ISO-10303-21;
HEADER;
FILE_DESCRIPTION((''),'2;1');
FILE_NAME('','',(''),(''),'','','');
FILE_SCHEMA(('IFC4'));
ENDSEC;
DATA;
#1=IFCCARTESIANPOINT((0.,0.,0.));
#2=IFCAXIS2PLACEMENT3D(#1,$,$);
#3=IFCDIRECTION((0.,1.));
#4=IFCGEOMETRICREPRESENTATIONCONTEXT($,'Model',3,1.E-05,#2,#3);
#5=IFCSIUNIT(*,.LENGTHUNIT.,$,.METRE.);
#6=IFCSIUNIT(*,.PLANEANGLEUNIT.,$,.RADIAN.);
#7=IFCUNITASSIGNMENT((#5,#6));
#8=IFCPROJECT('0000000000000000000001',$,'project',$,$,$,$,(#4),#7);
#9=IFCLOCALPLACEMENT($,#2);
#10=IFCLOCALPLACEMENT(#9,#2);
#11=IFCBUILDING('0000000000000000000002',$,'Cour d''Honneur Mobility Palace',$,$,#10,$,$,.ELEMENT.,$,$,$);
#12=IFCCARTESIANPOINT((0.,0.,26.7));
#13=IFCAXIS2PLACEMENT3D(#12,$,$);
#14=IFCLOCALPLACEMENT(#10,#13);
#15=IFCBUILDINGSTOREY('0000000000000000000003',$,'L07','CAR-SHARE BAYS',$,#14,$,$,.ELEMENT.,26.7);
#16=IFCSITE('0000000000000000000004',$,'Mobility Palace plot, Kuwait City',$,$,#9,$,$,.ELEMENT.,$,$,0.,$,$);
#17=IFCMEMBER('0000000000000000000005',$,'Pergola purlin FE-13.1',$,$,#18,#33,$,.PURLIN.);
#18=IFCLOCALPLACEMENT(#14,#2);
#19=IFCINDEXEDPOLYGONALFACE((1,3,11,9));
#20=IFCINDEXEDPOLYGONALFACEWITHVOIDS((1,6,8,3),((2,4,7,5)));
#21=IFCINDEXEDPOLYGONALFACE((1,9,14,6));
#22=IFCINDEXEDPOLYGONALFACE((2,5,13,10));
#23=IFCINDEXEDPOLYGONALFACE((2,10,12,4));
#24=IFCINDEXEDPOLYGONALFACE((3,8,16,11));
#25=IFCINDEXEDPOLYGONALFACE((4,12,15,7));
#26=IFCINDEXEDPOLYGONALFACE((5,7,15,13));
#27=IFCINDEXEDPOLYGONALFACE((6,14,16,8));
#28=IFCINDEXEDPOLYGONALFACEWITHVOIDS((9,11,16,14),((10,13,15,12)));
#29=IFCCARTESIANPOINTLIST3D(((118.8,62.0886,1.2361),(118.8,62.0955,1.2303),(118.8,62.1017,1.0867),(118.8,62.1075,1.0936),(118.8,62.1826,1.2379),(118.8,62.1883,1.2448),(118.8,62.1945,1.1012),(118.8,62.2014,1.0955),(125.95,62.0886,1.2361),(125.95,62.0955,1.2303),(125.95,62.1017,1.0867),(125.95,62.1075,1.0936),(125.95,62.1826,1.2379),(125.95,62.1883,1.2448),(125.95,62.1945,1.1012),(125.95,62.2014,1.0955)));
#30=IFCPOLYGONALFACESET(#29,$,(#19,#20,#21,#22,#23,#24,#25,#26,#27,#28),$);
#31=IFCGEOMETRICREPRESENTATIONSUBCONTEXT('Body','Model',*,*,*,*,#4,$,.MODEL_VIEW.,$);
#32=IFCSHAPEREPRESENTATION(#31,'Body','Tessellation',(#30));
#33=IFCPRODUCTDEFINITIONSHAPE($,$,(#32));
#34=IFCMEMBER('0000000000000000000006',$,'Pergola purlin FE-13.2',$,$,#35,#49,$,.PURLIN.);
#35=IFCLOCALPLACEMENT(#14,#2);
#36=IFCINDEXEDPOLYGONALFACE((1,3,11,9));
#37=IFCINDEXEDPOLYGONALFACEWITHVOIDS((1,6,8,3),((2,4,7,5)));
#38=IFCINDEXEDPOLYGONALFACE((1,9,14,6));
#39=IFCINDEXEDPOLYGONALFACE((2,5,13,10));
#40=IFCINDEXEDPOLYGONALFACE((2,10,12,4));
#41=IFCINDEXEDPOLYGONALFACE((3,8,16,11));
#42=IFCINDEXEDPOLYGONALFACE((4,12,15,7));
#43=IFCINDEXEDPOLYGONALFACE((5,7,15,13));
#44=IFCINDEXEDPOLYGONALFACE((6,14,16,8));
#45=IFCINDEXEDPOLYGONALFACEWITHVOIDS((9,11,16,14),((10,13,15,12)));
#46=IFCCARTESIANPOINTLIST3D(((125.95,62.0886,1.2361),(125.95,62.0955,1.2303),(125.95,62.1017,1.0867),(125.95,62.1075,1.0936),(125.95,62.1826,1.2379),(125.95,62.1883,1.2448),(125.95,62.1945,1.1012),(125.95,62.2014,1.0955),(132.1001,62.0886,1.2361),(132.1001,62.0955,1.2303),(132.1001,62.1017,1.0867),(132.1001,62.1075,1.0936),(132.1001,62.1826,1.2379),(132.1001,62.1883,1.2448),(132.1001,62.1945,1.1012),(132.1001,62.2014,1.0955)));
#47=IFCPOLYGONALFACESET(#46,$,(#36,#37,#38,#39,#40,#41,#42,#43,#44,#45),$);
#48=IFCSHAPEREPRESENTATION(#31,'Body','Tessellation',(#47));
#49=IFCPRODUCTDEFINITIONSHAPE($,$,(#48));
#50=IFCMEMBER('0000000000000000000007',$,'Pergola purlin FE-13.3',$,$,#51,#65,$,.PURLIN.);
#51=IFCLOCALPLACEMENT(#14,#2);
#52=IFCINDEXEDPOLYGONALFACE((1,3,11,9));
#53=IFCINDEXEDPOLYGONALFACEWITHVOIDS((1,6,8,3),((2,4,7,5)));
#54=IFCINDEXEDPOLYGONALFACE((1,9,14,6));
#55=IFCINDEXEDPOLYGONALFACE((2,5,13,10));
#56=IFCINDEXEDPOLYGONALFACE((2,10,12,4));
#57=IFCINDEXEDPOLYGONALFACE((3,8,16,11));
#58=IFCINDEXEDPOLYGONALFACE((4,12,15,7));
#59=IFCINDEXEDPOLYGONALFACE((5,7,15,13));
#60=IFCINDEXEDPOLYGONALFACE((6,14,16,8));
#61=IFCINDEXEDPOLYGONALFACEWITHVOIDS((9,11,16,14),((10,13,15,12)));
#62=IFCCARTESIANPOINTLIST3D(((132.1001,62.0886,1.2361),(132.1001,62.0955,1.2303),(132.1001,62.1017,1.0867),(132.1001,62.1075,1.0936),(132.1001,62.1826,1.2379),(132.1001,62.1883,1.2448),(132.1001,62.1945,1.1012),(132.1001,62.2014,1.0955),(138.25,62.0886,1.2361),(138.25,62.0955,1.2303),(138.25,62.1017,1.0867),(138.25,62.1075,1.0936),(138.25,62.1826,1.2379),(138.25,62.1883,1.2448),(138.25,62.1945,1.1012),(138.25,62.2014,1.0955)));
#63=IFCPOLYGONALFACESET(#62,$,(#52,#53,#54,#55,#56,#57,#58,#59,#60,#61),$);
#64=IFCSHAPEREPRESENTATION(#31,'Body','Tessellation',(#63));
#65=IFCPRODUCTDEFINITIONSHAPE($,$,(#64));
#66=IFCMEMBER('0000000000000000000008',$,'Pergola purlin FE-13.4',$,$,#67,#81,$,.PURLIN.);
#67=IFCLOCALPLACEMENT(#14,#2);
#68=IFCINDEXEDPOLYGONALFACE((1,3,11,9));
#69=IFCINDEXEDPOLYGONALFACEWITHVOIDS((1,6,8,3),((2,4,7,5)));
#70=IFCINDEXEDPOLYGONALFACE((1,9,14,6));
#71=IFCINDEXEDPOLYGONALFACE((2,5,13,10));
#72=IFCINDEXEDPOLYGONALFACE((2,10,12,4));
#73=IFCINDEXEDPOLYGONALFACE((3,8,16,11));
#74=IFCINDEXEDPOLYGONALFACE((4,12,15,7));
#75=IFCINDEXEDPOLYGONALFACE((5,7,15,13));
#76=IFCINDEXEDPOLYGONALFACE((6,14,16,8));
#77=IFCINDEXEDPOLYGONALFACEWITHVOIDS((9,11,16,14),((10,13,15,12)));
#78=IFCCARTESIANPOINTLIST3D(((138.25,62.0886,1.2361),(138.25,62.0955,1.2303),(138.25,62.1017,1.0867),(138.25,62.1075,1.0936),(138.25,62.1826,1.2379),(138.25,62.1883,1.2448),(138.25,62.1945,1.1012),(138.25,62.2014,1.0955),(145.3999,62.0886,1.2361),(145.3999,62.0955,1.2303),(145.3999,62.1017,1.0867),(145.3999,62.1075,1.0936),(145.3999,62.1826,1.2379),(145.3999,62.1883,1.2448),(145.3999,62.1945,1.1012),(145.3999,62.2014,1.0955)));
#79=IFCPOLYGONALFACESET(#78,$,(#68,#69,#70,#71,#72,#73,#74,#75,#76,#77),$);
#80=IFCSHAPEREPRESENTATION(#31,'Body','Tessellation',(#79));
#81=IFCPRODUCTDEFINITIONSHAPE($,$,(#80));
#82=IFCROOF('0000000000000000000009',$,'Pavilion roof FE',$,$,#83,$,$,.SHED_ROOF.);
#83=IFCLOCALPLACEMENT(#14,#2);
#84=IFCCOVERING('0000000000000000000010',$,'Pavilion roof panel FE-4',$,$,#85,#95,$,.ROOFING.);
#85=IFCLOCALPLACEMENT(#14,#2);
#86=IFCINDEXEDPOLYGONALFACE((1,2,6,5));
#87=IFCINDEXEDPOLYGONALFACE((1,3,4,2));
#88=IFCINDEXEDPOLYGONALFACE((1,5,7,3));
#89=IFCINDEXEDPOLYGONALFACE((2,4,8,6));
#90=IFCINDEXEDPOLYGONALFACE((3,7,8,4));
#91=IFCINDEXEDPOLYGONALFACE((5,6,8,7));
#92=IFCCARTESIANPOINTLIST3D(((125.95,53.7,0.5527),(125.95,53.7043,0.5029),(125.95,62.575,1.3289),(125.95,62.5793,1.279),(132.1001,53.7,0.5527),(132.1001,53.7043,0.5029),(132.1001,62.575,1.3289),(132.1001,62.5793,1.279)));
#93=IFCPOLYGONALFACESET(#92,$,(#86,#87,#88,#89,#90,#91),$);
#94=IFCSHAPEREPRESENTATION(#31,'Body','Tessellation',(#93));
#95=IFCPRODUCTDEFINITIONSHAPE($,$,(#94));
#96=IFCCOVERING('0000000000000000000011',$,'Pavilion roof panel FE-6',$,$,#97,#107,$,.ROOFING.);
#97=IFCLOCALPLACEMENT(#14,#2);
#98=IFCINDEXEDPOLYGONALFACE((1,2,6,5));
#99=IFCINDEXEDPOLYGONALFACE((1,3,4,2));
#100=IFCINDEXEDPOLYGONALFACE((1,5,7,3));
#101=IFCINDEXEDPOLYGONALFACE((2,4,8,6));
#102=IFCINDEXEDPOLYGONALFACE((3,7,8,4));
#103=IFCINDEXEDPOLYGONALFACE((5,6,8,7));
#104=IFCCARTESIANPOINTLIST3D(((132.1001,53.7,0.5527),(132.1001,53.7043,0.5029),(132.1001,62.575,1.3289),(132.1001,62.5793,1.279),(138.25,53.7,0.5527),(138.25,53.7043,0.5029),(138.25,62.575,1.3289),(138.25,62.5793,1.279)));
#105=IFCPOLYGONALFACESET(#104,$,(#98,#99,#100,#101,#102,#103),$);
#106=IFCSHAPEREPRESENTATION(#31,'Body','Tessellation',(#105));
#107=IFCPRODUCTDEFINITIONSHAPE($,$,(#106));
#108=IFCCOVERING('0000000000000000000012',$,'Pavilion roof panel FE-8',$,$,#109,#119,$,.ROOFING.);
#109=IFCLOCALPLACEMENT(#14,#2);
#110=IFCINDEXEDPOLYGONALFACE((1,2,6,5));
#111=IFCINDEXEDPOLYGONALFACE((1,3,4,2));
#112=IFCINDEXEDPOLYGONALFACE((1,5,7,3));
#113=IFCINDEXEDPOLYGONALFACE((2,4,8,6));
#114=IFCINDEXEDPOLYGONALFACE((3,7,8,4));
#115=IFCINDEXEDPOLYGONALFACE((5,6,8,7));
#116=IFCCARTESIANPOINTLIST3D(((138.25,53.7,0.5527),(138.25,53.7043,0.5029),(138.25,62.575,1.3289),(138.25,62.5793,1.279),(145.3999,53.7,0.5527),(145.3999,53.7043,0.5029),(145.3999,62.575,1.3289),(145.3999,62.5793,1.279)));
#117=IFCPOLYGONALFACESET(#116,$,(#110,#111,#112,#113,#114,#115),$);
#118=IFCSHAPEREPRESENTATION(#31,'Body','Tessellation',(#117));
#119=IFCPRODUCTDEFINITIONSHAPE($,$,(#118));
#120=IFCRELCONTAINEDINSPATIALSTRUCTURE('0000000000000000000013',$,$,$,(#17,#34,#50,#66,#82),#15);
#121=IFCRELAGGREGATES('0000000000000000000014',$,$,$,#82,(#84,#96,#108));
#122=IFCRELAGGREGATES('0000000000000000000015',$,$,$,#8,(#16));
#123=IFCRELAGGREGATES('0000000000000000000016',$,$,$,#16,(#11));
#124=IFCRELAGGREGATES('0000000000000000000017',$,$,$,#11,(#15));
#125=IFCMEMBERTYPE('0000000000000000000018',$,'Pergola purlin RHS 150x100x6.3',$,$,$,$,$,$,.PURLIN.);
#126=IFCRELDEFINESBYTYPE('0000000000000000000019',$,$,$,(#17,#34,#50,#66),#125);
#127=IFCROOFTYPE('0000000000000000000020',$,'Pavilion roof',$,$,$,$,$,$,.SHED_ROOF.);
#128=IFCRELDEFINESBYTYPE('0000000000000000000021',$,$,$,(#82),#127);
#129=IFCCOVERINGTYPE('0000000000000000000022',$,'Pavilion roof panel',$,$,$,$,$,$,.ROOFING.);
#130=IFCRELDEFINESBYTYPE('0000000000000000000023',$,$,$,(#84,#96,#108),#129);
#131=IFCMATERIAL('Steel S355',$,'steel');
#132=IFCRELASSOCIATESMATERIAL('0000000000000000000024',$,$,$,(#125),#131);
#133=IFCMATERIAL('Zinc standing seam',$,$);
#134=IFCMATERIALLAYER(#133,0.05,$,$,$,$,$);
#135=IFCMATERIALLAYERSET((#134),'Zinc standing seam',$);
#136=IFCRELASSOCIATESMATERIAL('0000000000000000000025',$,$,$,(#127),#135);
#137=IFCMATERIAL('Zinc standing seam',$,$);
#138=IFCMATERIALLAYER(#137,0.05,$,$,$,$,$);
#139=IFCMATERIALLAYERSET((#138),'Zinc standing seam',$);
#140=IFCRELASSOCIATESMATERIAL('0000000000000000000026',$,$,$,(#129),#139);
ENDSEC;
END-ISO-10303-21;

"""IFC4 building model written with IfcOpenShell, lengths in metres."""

from ifc_helpers import new_model, si_unit, direction, frame, origin, origin_2d, place, context, subcontext, project, spatial, polyline, hollow_rectangle, outline, extrude, material, layer, layer_set, material_profile, profile_set, type_object, element, aggregate, save


model = new_model("IFC4")

# Units and contexts
model_context = context("Model", 3, precision=1e-05, world=origin(), true_north=direction((0.0, 1.0)))
body_context = subcontext(model_context, "Body", "Model", "MODEL_VIEW")
ifc_project = project(units=[si_unit("LENGTHUNIT", "METRE"), si_unit("PLANEANGLEUNIT", "RADIAN")], contexts=[model_context])

# Site, building, storey
site_placement = place(None, origin())
site = spatial("IfcSite", under=ifc_project, at=site_placement, Name="Mobility Palace plot, Kuwait City", CompositionType="ELEMENT", RefElevation=0.0)
building_placement = place(site_placement, origin())
building = spatial("IfcBuilding", under=site, at=building_placement, Name="Cour d'Honneur Mobility Palace", CompositionType="ELEMENT")
storey_placement = place(building_placement, frame((0.0, 0.0, 26.7)))
storey = spatial("IfcBuildingStorey", under=building, at=storey_placement, Name="L07", Description="CAR-SHARE BAYS", CompositionType="ELEMENT", Elevation=26.7)

# Members
ifc_material_1 = material(Name="Steel S355", Category="steel")
ifc_material_profile = material_profile(ifc_material_1, hollow_rectangle(XDim=0.1001, YDim=0.1499, WallThickness=0.0063, at=origin_2d()), Name="RHS 150x100x6.3")
ifc_profile_set = profile_set([ifc_material_profile], Name="Steel S355")
member_type = type_object("IfcMemberType", Name="Pergola purlin RHS 150x100x6.3", PredefinedType="PURLIN", material=ifc_profile_set)
for number, where, z_axis, x_axis, name in (
    (1, (118.8, 62.145, 1.1658), (1.0, 0.0, 0.0), (0.0, 0.996197, 0.087131), "Pergola purlin FE-13.1"),
):
    element("IfcMember", number, at=place(storey_placement, frame(where, z_axis=z_axis, x_axis=x_axis)), inside=storey, type_object=member_type, Name=name, PredefinedType="PURLIN", context=body_context, shape_type="SweptSolid", body=[
        extrude(hollow_rectangle(XDim=0.1001, YDim=0.1499, WallThickness=0.0063, at=origin_2d()), origin(), (0.0, 0.0, 1.0), 7.1499),
    ])
member_1_placement = place(storey_placement, frame((125.95, 62.145, 1.1658), z_axis=(1.0, 0.0, 0.0), x_axis=(0.0, 0.996197, 0.087131)))
element("IfcMember", 2, at=member_1_placement, inside=storey, type_object=member_type, Name="Pergola purlin FE-13.2", PredefinedType="PURLIN", context=body_context, shape_type="SweptSolid", body=[
    extrude(hollow_rectangle(XDim=0.1001, YDim=0.1499, WallThickness=0.0063, at=origin_2d()), origin(), (0.0, 0.0, 1.0), 6.1501),
])
member_2_placement = place(storey_placement, frame((132.1001, 62.145, 1.1658), z_axis=(1.0, 0.0, 0.0), x_axis=(0.0, 0.996197, 0.087131)))
element("IfcMember", 3, at=member_2_placement, inside=storey, type_object=member_type, Name="Pergola purlin FE-13.3", PredefinedType="PURLIN", context=body_context, shape_type="SweptSolid", body=[
    extrude(hollow_rectangle(XDim=0.1001, YDim=0.1499, WallThickness=0.0063, at=origin_2d()), origin(), (0.0, 0.0, 1.0), 6.1499),
])
member_3_placement = place(storey_placement, frame((138.25, 62.145, 1.1658), z_axis=(1.0, 0.0, 0.0), x_axis=(0.0, 0.996197, 0.087131)))
element("IfcMember", 4, at=member_3_placement, inside=storey, type_object=member_type, Name="Pergola purlin FE-13.4", PredefinedType="PURLIN", context=body_context, shape_type="SweptSolid", body=[
    extrude(hollow_rectangle(XDim=0.1001, YDim=0.1499, WallThickness=0.0063, at=origin_2d()), origin(), (0.0, 0.0, 1.0), 7.1499),
])

# Roof, coverings
ifc_material_2 = material(Name="Zinc standing seam")
ifc_layer_1 = layer(ifc_material_2, 0.05)
ifc_layer_set_1 = layer_set([ifc_layer_1], Name="Zinc standing seam")
roof_type = type_object("IfcRoofType", Name="Pavilion roof", PredefinedType="SHED_ROOF", material=ifc_layer_set_1)
roof_placement = place(storey_placement, origin())
roof = element("IfcRoof", 5, at=roof_placement, inside=storey, type_object=roof_type, Name="Pavilion roof FE", PredefinedType="SHED_ROOF")
ifc_material_3 = material(Name="Zinc standing seam")
ifc_layer_2 = layer(ifc_material_3, 0.05)
ifc_layer_set_2 = layer_set([ifc_layer_2], Name="Zinc standing seam")
covering_type = type_object("IfcCoveringType", Name="Pavilion roof panel", PredefinedType="ROOFING", material=ifc_layer_set_2)
covering_1_placement = place(storey_placement, frame((125.95, 53.7, 0.5527), z_axis=(0.0, -0.087118, 0.996198), x_axis=(1.0, 0.0, 0.0)))
covering_1 = element("IfcCovering", 6, at=covering_1_placement, type_object=covering_type, Name="Pavilion roof panel FE-4", PredefinedType="ROOFING", context=body_context, shape_type="SweptSolid", body=[
    extrude(outline(polyline([(0.0, 0.0), (6.1501, 0.0), (6.1501, 8.9089), (0.0, 8.9089), (0.0, 0.0)])), origin(), (0.0, 0.0, -1.0), 0.05),
])
covering_2_placement = place(storey_placement, frame((132.1001, 53.7, 0.5527), z_axis=(0.0, -0.087118, 0.996198), x_axis=(1.0, 0.0, 0.0)))
covering_2 = element("IfcCovering", 7, at=covering_2_placement, type_object=covering_type, Name="Pavilion roof panel FE-6", PredefinedType="ROOFING", context=body_context, shape_type="SweptSolid", body=[
    extrude(outline(polyline([(0.0, 0.0), (6.1499, 0.0), (6.1499, 8.9089), (0.0, 8.9089), (0.0, 0.0)])), origin(), (0.0, 0.0, -1.0), 0.05),
])
covering_3_placement = place(storey_placement, frame((138.25, 53.7, 0.5527), z_axis=(0.0, -0.087118, 0.996198), x_axis=(1.0, 0.0, 0.0)))
covering_3 = element("IfcCovering", 8, at=covering_3_placement, type_object=covering_type, Name="Pavilion roof panel FE-8", PredefinedType="ROOFING", context=body_context, shape_type="SweptSolid", body=[
    extrude(outline(polyline([(0.0, 0.0), (7.1499, 0.0), (7.1499, 8.9089), (0.0, 8.9089), (0.0, 0.0)])), origin(), (0.0, 0.0, -1.0), 0.05),
])
aggregate(roof, [covering_1, covering_2, covering_3])

save(model, "model.ifc")
